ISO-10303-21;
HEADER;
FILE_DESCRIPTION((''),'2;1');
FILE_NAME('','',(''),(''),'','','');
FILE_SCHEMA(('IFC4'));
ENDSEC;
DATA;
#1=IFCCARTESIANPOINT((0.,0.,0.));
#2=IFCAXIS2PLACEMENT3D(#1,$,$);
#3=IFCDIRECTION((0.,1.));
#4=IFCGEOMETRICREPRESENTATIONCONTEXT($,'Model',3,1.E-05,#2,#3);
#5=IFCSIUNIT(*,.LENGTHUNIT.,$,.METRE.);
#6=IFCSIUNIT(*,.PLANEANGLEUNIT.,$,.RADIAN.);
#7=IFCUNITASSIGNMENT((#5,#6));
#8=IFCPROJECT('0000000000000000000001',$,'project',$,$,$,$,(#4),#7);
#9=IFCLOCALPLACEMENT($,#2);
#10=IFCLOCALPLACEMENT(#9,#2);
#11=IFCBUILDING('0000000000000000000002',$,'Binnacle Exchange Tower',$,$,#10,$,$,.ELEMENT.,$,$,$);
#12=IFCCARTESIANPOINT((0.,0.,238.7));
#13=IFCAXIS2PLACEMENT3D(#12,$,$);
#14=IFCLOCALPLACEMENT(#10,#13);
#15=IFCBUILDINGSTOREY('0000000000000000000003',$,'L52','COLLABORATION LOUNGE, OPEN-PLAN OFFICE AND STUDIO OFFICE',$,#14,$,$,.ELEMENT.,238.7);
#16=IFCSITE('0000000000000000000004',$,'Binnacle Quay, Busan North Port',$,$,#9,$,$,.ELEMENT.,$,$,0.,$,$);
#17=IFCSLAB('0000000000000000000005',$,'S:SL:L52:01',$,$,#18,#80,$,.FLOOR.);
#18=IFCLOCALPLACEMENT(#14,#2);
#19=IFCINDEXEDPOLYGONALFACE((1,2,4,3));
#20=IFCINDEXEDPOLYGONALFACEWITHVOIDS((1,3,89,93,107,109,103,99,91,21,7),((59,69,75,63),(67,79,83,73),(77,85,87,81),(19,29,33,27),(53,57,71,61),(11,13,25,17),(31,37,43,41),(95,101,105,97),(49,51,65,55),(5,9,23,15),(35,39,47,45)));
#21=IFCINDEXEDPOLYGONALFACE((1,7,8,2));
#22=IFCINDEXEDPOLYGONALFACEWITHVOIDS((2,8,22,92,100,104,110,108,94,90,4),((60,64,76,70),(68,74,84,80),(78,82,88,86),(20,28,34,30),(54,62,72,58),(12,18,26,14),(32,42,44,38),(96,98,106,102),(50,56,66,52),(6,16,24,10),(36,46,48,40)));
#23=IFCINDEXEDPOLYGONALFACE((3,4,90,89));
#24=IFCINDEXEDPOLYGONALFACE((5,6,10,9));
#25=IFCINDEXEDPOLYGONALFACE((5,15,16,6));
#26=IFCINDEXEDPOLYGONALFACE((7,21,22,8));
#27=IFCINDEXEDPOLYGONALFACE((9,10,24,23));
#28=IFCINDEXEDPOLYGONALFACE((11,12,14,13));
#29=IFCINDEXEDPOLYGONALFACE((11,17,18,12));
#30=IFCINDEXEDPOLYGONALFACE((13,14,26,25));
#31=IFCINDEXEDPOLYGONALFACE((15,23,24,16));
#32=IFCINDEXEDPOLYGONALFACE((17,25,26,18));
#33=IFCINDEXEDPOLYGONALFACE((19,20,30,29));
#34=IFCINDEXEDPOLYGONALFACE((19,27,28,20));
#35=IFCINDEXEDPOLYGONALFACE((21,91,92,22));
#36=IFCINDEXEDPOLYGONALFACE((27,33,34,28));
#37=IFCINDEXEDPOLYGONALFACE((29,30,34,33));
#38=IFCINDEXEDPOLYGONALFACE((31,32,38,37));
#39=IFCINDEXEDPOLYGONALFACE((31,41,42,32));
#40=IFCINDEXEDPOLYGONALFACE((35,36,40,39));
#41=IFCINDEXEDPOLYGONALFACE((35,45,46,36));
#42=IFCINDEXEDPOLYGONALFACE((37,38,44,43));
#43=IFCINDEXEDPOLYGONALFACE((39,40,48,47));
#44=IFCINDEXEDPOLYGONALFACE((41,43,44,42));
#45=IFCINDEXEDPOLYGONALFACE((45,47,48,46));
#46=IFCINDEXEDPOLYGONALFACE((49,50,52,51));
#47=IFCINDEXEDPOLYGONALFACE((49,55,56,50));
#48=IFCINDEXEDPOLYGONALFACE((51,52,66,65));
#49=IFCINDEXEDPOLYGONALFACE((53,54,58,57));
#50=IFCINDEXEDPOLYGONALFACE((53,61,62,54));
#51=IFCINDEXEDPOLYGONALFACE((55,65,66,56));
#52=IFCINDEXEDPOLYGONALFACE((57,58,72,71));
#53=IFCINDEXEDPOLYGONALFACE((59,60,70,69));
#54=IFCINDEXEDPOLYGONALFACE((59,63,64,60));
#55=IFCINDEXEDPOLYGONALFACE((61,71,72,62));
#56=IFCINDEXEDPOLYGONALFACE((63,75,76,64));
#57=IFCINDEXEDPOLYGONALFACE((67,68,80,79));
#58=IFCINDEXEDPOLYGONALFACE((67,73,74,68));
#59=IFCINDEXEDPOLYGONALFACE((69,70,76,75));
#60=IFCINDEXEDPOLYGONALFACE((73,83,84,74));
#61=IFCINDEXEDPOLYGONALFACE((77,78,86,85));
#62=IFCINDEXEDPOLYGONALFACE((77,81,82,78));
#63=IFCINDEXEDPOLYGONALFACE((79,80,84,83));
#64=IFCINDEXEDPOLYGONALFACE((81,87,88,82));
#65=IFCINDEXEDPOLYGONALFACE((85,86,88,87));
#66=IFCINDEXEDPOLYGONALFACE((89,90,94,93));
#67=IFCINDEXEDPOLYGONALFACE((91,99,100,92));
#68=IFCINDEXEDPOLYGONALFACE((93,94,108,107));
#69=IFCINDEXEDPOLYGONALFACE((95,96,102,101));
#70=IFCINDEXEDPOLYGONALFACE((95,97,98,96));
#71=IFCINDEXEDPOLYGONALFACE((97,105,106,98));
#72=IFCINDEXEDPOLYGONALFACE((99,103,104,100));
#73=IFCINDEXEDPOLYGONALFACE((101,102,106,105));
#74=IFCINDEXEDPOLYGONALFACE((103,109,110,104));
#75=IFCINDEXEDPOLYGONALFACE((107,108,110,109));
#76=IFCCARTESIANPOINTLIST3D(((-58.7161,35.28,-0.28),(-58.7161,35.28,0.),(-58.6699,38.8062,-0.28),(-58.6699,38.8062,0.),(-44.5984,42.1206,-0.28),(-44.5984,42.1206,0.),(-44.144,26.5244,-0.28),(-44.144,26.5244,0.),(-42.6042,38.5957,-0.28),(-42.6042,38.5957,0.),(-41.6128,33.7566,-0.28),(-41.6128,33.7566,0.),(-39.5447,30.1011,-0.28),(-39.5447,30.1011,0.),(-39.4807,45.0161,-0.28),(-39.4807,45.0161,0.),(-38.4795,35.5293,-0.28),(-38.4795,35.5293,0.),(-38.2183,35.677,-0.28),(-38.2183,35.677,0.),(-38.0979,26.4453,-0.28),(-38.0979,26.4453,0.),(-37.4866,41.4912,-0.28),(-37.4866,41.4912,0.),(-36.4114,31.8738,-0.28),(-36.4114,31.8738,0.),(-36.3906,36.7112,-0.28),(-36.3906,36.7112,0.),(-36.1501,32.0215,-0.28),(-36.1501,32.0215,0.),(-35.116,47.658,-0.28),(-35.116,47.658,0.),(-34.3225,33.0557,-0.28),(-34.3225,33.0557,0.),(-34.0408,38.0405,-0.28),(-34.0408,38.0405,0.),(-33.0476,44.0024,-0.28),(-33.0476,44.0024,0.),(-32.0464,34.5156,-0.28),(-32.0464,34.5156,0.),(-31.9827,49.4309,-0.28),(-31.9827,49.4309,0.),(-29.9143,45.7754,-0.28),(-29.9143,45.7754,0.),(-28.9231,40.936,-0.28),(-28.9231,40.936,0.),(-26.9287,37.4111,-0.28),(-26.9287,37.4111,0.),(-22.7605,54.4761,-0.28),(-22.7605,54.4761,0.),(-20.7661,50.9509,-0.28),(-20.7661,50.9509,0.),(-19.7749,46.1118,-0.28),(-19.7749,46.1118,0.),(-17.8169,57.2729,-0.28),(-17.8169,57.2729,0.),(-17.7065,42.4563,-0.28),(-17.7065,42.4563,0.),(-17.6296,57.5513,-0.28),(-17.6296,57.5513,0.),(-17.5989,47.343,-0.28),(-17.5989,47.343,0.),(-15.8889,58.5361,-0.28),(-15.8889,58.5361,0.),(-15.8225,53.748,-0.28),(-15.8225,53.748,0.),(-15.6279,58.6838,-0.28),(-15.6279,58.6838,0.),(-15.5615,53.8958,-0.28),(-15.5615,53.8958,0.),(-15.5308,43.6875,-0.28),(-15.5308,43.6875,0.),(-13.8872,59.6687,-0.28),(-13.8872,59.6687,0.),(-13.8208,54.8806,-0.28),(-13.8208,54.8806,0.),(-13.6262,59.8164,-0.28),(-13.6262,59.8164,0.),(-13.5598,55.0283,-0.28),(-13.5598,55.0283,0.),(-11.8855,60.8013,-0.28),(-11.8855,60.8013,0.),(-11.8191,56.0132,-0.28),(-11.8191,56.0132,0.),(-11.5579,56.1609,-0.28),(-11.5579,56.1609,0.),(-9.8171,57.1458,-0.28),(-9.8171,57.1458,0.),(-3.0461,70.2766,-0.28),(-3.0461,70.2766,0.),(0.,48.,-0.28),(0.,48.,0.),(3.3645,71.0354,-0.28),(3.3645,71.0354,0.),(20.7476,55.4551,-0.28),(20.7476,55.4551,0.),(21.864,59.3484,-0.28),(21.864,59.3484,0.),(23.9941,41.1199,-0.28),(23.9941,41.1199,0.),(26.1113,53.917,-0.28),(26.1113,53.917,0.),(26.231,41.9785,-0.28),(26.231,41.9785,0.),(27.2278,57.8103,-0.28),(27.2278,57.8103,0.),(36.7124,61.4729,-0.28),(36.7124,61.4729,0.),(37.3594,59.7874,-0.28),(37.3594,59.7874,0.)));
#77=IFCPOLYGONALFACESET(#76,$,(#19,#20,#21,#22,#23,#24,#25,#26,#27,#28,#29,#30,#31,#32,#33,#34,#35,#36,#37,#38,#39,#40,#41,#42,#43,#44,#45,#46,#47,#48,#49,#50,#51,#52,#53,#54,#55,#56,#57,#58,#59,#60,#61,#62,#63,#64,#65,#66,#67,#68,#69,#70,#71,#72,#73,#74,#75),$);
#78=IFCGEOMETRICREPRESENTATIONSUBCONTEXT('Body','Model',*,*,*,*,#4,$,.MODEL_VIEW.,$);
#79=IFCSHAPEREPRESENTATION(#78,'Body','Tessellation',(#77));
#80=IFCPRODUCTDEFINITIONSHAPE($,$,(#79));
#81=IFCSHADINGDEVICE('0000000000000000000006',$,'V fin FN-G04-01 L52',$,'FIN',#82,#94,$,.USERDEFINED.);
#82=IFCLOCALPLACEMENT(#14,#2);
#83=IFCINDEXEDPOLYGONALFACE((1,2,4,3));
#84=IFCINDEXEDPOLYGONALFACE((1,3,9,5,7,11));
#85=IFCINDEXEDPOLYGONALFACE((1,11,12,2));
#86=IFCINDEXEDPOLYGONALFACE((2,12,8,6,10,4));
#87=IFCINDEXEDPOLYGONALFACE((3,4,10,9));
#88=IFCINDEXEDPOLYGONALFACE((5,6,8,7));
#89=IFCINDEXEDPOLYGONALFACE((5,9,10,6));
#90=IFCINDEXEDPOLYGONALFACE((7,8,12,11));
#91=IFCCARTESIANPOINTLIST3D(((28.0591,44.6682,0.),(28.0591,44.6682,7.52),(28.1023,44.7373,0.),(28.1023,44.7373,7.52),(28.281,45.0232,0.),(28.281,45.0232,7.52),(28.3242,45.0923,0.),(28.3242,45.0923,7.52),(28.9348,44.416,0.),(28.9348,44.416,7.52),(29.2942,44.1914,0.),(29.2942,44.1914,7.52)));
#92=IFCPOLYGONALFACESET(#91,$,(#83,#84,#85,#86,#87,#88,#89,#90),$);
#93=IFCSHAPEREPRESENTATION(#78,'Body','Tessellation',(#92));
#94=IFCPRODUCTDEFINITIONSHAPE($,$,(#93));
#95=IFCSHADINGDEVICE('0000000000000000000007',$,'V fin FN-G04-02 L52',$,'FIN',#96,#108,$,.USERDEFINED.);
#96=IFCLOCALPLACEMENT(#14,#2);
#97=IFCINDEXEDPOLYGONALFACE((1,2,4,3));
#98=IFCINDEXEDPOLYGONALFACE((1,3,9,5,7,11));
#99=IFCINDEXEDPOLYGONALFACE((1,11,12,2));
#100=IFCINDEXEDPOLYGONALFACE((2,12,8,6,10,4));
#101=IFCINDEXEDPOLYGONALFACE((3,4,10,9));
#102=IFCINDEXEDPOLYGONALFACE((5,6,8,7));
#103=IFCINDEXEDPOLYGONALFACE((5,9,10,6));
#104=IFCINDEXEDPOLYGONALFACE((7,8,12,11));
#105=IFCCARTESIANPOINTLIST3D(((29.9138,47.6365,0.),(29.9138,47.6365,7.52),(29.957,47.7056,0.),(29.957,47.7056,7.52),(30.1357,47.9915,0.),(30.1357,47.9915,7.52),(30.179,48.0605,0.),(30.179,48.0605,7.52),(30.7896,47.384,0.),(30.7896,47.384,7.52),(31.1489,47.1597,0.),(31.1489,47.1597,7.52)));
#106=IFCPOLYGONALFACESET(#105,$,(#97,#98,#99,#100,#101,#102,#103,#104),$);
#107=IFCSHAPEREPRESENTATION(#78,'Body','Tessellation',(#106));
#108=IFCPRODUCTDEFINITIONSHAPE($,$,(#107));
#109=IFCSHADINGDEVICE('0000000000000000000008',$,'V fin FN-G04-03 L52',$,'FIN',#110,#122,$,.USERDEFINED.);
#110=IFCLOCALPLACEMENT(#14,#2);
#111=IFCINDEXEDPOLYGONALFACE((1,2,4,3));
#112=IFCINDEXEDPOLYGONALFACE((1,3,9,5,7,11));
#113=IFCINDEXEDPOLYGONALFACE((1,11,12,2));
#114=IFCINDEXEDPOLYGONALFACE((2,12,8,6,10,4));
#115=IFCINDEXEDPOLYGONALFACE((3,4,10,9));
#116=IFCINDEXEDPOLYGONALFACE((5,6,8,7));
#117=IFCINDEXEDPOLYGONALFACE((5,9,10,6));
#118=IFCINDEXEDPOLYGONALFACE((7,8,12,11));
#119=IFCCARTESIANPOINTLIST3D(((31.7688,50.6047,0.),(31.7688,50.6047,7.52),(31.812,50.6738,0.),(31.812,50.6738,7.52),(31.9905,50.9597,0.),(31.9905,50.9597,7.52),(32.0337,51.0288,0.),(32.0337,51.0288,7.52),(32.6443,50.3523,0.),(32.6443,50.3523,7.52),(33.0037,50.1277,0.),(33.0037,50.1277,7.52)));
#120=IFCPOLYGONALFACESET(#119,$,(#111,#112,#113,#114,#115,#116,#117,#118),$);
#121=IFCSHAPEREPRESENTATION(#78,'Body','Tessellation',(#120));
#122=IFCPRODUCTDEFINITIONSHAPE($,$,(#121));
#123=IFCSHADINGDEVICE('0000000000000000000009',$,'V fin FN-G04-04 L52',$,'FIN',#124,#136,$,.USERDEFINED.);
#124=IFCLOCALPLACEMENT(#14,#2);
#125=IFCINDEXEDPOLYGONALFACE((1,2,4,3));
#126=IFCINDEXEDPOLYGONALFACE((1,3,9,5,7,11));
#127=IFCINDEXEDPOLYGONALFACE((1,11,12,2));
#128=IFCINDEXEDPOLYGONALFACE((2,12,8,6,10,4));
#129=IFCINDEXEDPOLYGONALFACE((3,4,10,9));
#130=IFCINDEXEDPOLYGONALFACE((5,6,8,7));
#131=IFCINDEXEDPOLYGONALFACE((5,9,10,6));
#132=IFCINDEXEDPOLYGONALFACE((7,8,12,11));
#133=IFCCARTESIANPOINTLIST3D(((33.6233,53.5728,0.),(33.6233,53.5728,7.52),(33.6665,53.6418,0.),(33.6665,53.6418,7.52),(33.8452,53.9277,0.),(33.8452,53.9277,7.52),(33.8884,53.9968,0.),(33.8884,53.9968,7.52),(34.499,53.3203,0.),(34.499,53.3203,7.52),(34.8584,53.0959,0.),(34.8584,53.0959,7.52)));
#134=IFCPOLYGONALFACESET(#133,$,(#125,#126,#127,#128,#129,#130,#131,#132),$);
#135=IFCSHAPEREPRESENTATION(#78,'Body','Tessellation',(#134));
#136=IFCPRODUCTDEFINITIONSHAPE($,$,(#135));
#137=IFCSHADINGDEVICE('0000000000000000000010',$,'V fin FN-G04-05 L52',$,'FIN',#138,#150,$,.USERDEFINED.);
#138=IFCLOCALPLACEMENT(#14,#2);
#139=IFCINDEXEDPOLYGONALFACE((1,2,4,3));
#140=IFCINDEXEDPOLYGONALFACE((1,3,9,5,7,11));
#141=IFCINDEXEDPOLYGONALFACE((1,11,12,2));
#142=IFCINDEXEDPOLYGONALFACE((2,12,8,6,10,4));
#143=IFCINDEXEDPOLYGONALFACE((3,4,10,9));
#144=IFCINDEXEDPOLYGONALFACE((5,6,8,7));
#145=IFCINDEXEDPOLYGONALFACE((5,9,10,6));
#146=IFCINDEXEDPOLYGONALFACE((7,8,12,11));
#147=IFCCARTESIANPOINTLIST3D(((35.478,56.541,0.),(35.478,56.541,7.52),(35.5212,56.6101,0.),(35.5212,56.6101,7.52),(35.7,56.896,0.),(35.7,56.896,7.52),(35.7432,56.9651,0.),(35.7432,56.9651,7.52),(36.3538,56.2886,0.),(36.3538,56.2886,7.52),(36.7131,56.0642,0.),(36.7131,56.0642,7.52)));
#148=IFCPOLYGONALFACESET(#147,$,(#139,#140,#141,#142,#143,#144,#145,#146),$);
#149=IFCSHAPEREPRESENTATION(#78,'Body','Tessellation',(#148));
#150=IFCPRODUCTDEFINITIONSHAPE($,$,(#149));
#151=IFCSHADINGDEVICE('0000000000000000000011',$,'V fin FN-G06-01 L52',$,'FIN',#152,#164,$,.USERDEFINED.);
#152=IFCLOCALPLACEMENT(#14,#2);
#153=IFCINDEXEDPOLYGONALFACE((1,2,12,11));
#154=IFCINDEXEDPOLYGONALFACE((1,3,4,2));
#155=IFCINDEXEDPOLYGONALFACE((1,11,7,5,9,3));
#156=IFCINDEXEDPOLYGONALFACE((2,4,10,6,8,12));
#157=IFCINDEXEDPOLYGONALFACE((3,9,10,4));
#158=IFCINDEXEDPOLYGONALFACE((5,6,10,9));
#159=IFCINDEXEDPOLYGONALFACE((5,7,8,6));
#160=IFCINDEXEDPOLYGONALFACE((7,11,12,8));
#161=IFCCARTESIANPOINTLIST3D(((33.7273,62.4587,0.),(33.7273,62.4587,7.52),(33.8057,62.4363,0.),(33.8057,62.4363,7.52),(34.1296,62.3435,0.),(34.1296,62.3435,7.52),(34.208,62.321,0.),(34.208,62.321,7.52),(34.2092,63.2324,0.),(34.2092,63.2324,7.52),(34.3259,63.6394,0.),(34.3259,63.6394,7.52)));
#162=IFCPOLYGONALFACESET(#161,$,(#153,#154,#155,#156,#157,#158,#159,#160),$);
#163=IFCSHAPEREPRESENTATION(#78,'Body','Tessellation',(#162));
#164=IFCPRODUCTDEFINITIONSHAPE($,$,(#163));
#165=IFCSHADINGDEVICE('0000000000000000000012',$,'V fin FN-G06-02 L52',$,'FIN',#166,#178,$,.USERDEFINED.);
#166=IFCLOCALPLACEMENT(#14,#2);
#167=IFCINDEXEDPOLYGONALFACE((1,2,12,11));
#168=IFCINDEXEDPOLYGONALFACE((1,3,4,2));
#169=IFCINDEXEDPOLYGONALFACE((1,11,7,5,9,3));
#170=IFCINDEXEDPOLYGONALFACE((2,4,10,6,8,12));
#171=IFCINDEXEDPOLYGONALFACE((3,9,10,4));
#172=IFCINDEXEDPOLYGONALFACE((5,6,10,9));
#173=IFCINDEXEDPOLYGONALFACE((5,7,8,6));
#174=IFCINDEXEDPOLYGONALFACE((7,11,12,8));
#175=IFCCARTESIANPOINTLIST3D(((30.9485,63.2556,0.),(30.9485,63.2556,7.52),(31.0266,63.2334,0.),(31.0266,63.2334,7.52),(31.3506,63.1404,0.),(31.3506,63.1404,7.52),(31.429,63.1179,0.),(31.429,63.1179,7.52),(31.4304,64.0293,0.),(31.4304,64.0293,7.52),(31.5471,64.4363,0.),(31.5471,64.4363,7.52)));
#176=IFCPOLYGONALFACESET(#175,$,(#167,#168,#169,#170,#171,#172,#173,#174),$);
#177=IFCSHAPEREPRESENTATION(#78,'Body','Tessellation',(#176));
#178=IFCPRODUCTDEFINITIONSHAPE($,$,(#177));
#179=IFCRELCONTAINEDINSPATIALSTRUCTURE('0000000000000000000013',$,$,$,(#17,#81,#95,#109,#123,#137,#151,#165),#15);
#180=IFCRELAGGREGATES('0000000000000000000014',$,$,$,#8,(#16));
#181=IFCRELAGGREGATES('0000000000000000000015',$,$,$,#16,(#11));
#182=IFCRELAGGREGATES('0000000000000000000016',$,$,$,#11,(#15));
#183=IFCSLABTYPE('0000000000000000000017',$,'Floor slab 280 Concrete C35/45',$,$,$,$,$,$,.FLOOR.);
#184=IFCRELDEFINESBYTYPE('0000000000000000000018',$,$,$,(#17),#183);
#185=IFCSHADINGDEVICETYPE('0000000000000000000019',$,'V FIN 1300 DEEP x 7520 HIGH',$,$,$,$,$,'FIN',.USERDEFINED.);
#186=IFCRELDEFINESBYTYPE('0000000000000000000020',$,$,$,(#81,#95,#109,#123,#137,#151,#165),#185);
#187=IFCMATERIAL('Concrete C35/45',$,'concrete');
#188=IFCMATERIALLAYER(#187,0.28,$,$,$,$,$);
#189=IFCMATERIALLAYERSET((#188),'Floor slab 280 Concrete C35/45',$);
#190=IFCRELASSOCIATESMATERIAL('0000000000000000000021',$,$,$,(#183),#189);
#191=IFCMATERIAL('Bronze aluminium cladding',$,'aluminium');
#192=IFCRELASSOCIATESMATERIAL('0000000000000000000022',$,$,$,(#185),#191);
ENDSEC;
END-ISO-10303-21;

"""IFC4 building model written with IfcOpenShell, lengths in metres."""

from ifc_helpers import new_model, si_unit, direction, frame, origin, place, context, subcontext, project, spatial, polyline, outline, extrude, material, layer, layer_set, type_object, element, save


model = new_model("IFC4")

# Units and contexts
model_context = context("Model", 3, precision=1e-05, world=origin(), true_north=direction((0.0, 1.0)))
body_context = subcontext(model_context, "Body", "Model", "MODEL_VIEW")
ifc_project = project(units=[si_unit("LENGTHUNIT", "METRE"), si_unit("PLANEANGLEUNIT", "RADIAN")], contexts=[model_context])

# Site, building, storey
site_placement = place(None, origin())
site = spatial("IfcSite", under=ifc_project, at=site_placement, Name="Binnacle Quay, Busan North Port", CompositionType="ELEMENT", RefElevation=0.0)
building_placement = place(site_placement, origin())
building = spatial("IfcBuilding", under=site, at=building_placement, Name="Binnacle Exchange Tower", CompositionType="ELEMENT")
storey_placement = place(building_placement, frame((0.0, 0.0, 238.7)))
storey = spatial("IfcBuildingStorey", under=building, at=storey_placement, Name="L52", Description="COLLABORATION LOUNGE, OPEN-PLAN OFFICE AND STUDIO OFFICE", CompositionType="ELEMENT", Elevation=238.7)

# Slab
ifc_material_1 = material(Name="Concrete C35/45", Category="concrete")
ifc_layer = layer(ifc_material_1, 0.28)
ifc_layer_set = layer_set([ifc_layer], Name="Floor slab 280 Concrete C35/45")
slab_type = type_object("IfcSlabType", Name="Floor slab 280 Concrete C35/45", PredefinedType="FLOOR", material=ifc_layer_set)
slab_placement = place(storey_placement, frame((0.0, 0.0, -0.28)))
element("IfcSlab", 1, at=slab_placement, inside=storey, type_object=slab_type, Name="S:SL:L52:01", PredefinedType="FLOOR", context=body_context, shape_type="SweptSolid", body=[
    extrude(outline(polyline([(-58.7161, 35.28), (-58.6699, 38.8062), (-3.0461, 70.2766), (3.3645, 71.0354), (36.7124, 61.4729), (37.3594, 59.7874), (26.231, 41.9785), (23.9941, 41.1199), (0.0, 48.0), (-38.0979, 26.4453), (-44.144, 26.5244), (-58.7161, 35.28)]), holes=[polyline([(-38.4795, 35.5293), (-41.6128, 33.7566), (-39.5447, 30.1011), (-36.4114, 31.8738), (-38.4795, 35.5293)]), polyline([(-36.3906, 36.7112), (-38.2183, 35.677), (-36.1501, 32.0215), (-34.3225, 33.0557), (-36.3906, 36.7112)]), polyline([(-32.0464, 34.5156), (-26.9287, 37.4111), (-28.9231, 40.936), (-34.0408, 38.0405), (-32.0464, 34.5156)]), polyline([(-37.4866, 41.4912), (-39.4807, 45.0161), (-44.5984, 42.1206), (-42.6042, 38.5957), (-37.4866, 41.4912)]), polyline([(-29.9143, 45.7754), (-31.9827, 49.4309), (-35.116, 47.658), (-33.0476, 44.0024), (-29.9143, 45.7754)]), polyline([(-17.8169, 57.2729), (-22.7605, 54.4761), (-20.7661, 50.9509), (-15.8225, 53.748), (-17.8169, 57.2729)]), polyline([(-15.5308, 43.6875), (-17.5989, 47.343), (-19.7749, 46.1118), (-17.7065, 42.4563), (-15.5308, 43.6875)]), polyline([(-13.8208, 54.8806), (-15.8889, 58.5361), (-17.6296, 57.5513), (-15.5615, 53.8958), (-13.8208, 54.8806)]), polyline([(27.2278, 57.8103), (21.864, 59.3484), (20.7476, 55.4551), (26.1113, 53.917), (27.2278, 57.8103)]), polyline([(-11.8191, 56.0132), (-13.8872, 59.6687), (-15.6279, 58.6838), (-13.5598, 55.0283), (-11.8191, 56.0132)]), polyline([(-9.8171, 57.1458), (-11.8855, 60.8013), (-13.6262, 59.8164), (-11.5579, 56.1609), (-9.8171, 57.1458)])]), origin(), (0.0, 0.0, 1.0), 0.28),
])

# Shading devices
ifc_material_2 = material(Name="Bronze aluminium cladding", Category="aluminium")
shading_device_type = type_object("IfcShadingDeviceType", Name="V FIN 1300 DEEP x 7520 HIGH", ElementType="FIN", PredefinedType="USERDEFINED", material=ifc_material_2)
shading_device_1_placement = place(storey_placement, origin())
element("IfcShadingDevice", 2, at=shading_device_1_placement, inside=storey, type_object=shading_device_type, Name="V fin FN-G04-01 L52", ObjectType="FIN", PredefinedType="USERDEFINED", context=body_context, shape_type="SweptSolid", body=[
    extrude(outline(polyline([(28.0591, 44.6682), (29.2942, 44.1914), (28.3242, 45.0923), (28.281, 45.0232), (28.9348, 44.416), (28.1023, 44.7373), (28.0591, 44.6682)])), origin(), (0.0, 0.0, 1.0), 7.52),
])
shading_device_2_placement = place(storey_placement, origin())
element("IfcShadingDevice", 3, at=shading_device_2_placement, inside=storey, type_object=shading_device_type, Name="V fin FN-G04-02 L52", ObjectType="FIN", PredefinedType="USERDEFINED", context=body_context, shape_type="SweptSolid", body=[
    extrude(outline(polyline([(29.9138, 47.6365), (31.1489, 47.1597), (30.179, 48.0605), (30.1357, 47.9915), (30.7896, 47.384), (29.957, 47.7056), (29.9138, 47.6365)])), origin(), (0.0, 0.0, 1.0), 7.52),
])
shading_device_3_placement = place(storey_placement, origin())
element("IfcShadingDevice", 4, at=shading_device_3_placement, inside=storey, type_object=shading_device_type, Name="V fin FN-G04-03 L52", ObjectType="FIN", PredefinedType="USERDEFINED", context=body_context, shape_type="SweptSolid", body=[
    extrude(outline(polyline([(31.7688, 50.6047), (33.0037, 50.1277), (32.0337, 51.0288), (31.9905, 50.9597), (32.6443, 50.3523), (31.812, 50.6738), (31.7688, 50.6047)])), origin(), (0.0, 0.0, 1.0), 7.52),
])
shading_device_4_placement = place(storey_placement, origin())
element("IfcShadingDevice", 5, at=shading_device_4_placement, inside=storey, type_object=shading_device_type, Name="V fin FN-G04-04 L52", ObjectType="FIN", PredefinedType="USERDEFINED", context=body_context, shape_type="SweptSolid", body=[
    extrude(outline(polyline([(33.6233, 53.5728), (34.8584, 53.0959), (33.8884, 53.9968), (33.8452, 53.9277), (34.499, 53.3203), (33.6665, 53.6418), (33.6233, 53.5728)])), origin(), (0.0, 0.0, 1.0), 7.52),
])
shading_device_5_placement = place(storey_placement, origin())
element("IfcShadingDevice", 6, at=shading_device_5_placement, inside=storey, type_object=shading_device_type, Name="V fin FN-G04-05 L52", ObjectType="FIN", PredefinedType="USERDEFINED", context=body_context, shape_type="SweptSolid", body=[
    extrude(outline(polyline([(35.478, 56.541), (36.7131, 56.0642), (35.7432, 56.9651), (35.7, 56.896), (36.3538, 56.2886), (35.5212, 56.6101), (35.478, 56.541)])), origin(), (0.0, 0.0, 1.0), 7.52),
])
shading_device_6_placement = place(storey_placement, origin())
element("IfcShadingDevice", 7, at=shading_device_6_placement, inside=storey, type_object=shading_device_type, Name="V fin FN-G06-01 L52", ObjectType="FIN", PredefinedType="USERDEFINED", context=body_context, shape_type="SweptSolid", body=[
    extrude(outline(polyline([(34.208, 62.321), (34.3259, 63.6394), (33.7273, 62.4587), (33.8057, 62.4363), (34.2092, 63.2324), (34.1296, 62.3435), (34.208, 62.321)])), origin(), (0.0, 0.0, 1.0), 7.52),
])
shading_device_7_placement = place(storey_placement, origin())
element("IfcShadingDevice", 8, at=shading_device_7_placement, inside=storey, type_object=shading_device_type, Name="V fin FN-G06-02 L52", ObjectType="FIN", PredefinedType="USERDEFINED", context=body_context, shape_type="SweptSolid", body=[
    extrude(outline(polyline([(31.429, 63.1179), (31.5471, 64.4363), (30.9485, 63.2556), (31.0266, 63.2334), (31.4304, 64.0293), (31.3506, 63.1404), (31.429, 63.1179)])), origin(), (0.0, 0.0, 1.0), 7.52),
])

save(model, "model.ifc")
